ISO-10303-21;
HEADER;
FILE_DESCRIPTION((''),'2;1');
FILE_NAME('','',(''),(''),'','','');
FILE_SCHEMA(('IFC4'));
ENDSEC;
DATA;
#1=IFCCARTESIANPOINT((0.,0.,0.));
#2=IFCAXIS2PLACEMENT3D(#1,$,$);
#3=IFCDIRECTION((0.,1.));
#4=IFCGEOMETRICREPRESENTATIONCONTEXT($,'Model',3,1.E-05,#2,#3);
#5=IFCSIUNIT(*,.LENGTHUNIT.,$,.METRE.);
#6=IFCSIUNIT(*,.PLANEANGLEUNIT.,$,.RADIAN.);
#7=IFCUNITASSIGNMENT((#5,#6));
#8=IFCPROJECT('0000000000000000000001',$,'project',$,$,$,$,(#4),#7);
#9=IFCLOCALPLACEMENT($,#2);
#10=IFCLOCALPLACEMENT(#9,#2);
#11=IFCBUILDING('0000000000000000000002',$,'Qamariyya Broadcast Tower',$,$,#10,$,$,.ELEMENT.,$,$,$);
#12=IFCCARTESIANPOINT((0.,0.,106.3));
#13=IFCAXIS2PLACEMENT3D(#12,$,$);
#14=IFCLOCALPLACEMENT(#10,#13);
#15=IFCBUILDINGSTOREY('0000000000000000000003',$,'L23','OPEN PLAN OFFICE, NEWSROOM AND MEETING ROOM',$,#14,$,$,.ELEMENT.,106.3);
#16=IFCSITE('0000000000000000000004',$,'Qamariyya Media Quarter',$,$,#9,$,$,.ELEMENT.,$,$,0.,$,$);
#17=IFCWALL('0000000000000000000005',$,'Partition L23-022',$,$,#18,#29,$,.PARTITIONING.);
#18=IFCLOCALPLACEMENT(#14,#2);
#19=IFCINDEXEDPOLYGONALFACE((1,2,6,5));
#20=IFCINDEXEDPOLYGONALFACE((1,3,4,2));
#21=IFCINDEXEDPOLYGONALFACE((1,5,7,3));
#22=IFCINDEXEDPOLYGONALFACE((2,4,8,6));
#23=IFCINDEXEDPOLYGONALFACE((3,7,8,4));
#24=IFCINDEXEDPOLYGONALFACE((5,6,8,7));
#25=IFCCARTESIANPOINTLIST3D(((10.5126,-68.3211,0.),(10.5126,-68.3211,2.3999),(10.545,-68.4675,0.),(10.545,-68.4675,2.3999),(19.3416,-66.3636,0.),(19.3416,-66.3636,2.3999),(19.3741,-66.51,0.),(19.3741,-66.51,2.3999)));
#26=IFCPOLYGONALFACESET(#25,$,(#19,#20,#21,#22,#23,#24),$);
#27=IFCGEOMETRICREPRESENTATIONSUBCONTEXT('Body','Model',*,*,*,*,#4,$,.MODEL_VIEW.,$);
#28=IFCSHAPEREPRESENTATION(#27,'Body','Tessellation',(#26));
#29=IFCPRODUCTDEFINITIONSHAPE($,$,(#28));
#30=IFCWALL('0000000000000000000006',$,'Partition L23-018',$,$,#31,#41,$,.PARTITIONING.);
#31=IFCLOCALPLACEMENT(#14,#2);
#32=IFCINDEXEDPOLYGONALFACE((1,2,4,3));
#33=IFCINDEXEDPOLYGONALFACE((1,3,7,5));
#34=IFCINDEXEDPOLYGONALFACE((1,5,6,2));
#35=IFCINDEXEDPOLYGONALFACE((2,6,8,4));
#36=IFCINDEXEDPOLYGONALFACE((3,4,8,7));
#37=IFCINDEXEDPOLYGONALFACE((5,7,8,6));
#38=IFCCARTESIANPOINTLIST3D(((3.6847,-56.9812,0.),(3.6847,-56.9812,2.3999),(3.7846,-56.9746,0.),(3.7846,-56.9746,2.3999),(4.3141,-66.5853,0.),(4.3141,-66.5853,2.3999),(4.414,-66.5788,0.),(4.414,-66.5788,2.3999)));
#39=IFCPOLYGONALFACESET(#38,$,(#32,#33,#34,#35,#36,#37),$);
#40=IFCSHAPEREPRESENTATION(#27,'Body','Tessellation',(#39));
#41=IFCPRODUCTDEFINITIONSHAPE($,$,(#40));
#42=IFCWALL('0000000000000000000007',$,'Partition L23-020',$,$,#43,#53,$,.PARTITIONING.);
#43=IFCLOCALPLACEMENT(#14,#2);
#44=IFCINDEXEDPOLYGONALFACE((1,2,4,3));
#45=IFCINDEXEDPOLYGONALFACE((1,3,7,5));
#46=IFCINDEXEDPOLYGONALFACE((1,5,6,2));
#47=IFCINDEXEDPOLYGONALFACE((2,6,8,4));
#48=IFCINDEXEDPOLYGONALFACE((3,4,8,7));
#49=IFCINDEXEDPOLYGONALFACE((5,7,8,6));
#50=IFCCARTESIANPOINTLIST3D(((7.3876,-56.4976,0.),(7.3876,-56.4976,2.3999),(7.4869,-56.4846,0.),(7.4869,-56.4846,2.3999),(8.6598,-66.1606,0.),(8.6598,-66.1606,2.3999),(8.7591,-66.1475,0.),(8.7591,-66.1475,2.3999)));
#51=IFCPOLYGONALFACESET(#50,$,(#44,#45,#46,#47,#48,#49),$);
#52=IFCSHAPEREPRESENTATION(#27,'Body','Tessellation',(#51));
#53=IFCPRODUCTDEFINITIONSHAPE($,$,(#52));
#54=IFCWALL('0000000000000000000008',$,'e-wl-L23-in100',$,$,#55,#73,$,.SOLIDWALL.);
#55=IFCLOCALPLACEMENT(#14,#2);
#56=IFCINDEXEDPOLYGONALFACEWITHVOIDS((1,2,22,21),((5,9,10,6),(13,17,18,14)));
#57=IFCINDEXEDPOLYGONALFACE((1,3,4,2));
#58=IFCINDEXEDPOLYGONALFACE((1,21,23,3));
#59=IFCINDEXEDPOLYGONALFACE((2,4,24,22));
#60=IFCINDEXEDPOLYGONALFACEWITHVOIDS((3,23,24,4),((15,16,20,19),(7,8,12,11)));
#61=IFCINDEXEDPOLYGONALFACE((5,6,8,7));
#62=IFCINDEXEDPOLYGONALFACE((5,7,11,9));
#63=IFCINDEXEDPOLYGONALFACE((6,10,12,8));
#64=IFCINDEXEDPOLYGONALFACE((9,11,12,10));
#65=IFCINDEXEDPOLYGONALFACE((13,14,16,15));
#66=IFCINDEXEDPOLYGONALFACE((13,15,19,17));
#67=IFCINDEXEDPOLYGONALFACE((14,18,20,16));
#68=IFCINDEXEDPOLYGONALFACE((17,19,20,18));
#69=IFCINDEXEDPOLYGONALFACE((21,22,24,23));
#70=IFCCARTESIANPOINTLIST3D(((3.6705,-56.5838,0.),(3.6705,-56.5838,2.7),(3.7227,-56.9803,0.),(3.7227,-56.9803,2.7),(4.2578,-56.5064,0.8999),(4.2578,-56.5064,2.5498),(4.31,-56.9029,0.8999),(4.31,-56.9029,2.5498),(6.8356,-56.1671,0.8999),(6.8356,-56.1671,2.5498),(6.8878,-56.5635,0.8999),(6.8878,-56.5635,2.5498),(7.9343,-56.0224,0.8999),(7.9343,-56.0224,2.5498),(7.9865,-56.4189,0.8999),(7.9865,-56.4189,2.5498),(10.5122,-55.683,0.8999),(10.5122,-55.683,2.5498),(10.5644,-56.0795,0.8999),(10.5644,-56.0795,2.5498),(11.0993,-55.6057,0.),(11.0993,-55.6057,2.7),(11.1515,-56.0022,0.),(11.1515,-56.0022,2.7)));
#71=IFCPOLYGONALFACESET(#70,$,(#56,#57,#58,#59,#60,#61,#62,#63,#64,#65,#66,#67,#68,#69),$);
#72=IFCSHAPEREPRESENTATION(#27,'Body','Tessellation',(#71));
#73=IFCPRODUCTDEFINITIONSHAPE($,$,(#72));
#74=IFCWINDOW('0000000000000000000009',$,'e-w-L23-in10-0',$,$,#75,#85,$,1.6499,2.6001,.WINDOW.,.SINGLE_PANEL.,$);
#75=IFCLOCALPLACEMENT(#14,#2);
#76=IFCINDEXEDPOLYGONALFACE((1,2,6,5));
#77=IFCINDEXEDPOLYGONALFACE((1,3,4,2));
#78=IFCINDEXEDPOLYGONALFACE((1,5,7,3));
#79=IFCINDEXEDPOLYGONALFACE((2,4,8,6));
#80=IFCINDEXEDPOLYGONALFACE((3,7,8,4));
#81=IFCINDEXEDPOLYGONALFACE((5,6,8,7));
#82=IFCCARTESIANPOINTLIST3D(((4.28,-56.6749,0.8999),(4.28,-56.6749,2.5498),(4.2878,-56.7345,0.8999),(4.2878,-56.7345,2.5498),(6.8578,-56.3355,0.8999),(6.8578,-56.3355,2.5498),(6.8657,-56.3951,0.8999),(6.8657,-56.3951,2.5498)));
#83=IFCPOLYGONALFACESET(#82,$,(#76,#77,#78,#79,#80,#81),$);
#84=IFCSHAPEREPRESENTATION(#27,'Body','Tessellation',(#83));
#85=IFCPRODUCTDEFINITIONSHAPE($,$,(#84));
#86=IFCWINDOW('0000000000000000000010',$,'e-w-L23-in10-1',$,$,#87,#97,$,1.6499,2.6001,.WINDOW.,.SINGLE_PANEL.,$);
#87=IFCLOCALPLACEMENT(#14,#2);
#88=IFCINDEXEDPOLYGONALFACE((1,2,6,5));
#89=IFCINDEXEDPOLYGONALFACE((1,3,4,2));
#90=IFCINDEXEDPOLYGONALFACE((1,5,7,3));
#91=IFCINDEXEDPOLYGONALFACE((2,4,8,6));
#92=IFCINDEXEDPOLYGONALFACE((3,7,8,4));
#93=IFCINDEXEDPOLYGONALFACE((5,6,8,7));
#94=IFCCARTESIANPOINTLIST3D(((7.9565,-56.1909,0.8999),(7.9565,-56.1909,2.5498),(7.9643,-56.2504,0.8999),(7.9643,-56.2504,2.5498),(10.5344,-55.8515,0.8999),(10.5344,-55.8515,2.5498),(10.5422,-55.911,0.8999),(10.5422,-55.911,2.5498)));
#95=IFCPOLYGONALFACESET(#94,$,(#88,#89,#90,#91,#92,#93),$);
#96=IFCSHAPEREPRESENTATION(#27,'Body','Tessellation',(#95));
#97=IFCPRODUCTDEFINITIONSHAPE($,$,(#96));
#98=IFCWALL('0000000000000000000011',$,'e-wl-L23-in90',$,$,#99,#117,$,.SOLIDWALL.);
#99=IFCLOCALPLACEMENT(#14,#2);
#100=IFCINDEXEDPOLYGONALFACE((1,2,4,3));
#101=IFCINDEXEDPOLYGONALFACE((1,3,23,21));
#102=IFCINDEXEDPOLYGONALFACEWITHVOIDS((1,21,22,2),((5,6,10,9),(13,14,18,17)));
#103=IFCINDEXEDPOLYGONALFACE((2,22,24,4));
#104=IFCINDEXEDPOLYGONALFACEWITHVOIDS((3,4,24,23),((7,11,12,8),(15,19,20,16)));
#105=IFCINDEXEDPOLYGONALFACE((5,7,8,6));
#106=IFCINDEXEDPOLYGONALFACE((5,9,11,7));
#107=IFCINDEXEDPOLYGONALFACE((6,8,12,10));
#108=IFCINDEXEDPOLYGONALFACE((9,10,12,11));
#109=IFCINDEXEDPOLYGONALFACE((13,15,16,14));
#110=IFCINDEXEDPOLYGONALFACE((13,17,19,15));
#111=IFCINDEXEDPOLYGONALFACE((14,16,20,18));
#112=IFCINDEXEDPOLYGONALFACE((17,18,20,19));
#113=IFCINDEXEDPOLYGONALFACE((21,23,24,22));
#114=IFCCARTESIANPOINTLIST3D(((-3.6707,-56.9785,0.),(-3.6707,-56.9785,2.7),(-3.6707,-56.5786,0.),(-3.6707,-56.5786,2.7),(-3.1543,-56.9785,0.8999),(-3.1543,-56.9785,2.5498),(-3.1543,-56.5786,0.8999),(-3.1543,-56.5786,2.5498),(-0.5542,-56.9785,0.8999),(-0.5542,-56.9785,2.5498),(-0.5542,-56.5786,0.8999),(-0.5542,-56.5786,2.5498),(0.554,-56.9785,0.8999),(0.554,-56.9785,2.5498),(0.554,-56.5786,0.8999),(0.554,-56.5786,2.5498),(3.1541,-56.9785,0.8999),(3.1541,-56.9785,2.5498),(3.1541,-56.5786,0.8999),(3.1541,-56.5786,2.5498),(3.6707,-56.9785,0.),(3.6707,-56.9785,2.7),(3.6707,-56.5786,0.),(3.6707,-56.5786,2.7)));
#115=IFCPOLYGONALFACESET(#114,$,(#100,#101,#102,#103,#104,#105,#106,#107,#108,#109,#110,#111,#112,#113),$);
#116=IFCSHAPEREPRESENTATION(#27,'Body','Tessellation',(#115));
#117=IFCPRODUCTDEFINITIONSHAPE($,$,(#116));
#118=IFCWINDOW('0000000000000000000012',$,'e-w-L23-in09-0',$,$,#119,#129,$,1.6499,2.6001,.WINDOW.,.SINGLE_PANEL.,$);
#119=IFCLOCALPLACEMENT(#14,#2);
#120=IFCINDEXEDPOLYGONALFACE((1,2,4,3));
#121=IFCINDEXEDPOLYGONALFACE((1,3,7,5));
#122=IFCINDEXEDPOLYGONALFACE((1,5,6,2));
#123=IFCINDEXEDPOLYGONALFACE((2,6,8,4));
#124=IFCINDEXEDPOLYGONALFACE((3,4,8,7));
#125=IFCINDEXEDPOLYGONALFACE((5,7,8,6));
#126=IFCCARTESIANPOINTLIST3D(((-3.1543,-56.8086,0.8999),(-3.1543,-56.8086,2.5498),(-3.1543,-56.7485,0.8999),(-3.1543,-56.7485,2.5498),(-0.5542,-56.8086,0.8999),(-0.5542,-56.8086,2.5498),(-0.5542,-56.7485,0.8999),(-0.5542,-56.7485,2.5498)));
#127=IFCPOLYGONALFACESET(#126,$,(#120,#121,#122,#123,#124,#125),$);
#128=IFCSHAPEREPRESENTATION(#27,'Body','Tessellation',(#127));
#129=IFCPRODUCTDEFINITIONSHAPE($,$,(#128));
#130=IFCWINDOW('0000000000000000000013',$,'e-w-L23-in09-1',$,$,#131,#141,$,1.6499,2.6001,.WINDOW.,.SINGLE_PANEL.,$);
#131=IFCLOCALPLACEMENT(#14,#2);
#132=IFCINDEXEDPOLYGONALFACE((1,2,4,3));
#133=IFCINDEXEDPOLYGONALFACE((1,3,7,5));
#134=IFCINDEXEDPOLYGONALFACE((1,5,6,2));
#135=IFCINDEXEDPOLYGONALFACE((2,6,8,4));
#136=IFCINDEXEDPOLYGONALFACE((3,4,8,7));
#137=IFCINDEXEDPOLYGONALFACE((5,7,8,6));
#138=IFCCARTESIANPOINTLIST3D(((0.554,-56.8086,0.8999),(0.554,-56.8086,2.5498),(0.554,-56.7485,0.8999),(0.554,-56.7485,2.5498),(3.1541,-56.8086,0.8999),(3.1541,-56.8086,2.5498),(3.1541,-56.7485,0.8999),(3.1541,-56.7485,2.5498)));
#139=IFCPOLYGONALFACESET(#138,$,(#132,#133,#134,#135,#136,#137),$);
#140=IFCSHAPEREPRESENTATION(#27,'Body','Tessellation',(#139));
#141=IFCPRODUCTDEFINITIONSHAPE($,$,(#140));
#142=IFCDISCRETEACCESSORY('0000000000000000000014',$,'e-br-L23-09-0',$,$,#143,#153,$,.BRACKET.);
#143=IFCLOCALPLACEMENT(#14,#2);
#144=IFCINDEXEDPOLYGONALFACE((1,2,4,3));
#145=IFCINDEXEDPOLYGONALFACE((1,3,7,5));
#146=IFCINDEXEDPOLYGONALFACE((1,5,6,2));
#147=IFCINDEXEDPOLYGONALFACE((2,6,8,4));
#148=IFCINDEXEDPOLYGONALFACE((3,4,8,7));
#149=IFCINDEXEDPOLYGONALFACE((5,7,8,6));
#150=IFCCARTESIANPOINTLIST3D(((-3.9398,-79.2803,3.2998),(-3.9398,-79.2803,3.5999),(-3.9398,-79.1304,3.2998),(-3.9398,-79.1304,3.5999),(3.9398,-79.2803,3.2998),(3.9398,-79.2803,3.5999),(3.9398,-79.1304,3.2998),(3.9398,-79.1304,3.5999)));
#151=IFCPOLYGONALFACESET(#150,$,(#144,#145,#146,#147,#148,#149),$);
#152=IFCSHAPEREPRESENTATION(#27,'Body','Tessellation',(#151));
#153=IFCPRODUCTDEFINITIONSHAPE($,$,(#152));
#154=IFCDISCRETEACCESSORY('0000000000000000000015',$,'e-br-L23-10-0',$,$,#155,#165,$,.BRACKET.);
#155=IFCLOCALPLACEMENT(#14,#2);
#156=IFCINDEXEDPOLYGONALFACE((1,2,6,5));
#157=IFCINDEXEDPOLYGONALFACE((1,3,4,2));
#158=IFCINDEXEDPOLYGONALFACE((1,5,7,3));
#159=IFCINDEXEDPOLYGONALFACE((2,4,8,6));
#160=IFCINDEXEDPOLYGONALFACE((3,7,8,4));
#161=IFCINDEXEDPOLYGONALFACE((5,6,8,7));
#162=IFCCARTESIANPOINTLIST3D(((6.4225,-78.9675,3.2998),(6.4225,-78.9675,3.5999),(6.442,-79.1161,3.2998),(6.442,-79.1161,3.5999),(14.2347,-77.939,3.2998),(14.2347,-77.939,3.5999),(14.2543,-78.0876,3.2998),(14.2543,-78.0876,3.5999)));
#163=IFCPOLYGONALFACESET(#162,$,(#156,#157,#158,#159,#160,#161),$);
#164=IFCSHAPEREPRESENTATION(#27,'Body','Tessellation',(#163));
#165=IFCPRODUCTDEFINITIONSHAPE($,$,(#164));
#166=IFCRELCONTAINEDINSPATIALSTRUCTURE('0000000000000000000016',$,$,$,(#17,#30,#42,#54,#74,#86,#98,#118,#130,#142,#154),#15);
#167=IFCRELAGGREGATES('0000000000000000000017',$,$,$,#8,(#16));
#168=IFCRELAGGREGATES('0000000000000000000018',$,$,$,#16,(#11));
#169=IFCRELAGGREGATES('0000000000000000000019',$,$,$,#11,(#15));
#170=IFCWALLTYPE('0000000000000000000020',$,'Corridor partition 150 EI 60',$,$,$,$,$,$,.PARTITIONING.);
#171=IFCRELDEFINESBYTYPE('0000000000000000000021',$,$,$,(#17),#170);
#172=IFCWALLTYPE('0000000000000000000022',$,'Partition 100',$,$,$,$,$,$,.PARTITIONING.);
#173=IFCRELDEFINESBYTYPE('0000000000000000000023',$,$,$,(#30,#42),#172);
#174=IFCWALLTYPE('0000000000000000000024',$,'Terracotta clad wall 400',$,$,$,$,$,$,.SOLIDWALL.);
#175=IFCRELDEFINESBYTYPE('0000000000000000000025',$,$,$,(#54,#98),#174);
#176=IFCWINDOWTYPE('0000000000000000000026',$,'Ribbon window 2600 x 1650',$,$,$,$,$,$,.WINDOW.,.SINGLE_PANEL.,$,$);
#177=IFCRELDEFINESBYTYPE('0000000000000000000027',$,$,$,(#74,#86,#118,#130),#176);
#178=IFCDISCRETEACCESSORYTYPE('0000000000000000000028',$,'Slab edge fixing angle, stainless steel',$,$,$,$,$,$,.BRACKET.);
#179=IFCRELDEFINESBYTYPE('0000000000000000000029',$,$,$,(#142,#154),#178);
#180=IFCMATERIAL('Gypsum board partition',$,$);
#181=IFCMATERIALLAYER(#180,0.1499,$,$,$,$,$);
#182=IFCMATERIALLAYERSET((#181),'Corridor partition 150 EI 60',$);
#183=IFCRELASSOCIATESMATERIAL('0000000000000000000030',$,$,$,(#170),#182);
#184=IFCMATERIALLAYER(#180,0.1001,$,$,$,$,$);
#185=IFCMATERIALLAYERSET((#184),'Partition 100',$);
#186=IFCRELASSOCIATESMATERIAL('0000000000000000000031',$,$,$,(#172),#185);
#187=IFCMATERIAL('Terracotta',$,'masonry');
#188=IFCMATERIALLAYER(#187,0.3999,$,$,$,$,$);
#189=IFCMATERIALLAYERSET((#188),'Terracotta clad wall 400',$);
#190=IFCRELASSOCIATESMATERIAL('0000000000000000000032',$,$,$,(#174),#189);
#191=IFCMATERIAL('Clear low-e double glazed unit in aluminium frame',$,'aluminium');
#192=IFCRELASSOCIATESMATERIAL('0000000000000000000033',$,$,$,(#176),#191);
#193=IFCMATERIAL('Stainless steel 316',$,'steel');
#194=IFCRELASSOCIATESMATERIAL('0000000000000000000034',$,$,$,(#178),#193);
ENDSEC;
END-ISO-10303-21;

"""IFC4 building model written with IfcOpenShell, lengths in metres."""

from ifc_helpers import new_model, si_unit, direction, frame, frame_2d, origin, origin_2d, place, context, subcontext, project, spatial, rectangle, extrude, material, layer, layer_set, type_object, element, fill, save


model = new_model("IFC4")

# Units and contexts
model_context = context("Model", 3, precision=1e-05, world=origin(), true_north=direction((0.0, 1.0)))
body_context = subcontext(model_context, "Body", "Model", "MODEL_VIEW")
ifc_project = project(units=[si_unit("LENGTHUNIT", "METRE"), si_unit("PLANEANGLEUNIT", "RADIAN")], contexts=[model_context])

# Site, building, storey
site_placement = place(None, origin())
site = spatial("IfcSite", under=ifc_project, at=site_placement, Name="Qamariyya Media Quarter", CompositionType="ELEMENT", RefElevation=0.0)
building_placement = place(site_placement, origin())
building = spatial("IfcBuilding", under=site, at=building_placement, Name="Qamariyya Broadcast Tower", CompositionType="ELEMENT")
storey_placement = place(building_placement, frame((0.0, 0.0, 106.3)))
storey = spatial("IfcBuildingStorey", under=building, at=storey_placement, Name="L23", Description="OPEN PLAN OFFICE, NEWSROOM AND MEETING ROOM", CompositionType="ELEMENT", Elevation=106.3)

# Shared definitions
ifc_material_1 = material(Name="Gypsum board partition")
ifc_layer_1 = layer(ifc_material_1, 0.1499)
ifc_layer_set_1 = layer_set([ifc_layer_1], Name="Corridor partition 150 EI 60")
wall_type_1 = type_object("IfcWallType", Name="Corridor partition 150 EI 60", PredefinedType="PARTITIONING", material=ifc_layer_set_1)

# Walls
wall_1_placement = place(storey_placement, frame((10.5288, -68.3943, 0.0), z_axis=(0.0, 0.0, 1.0), x_axis=(0.976292, 0.216456, 0.0)))
element("IfcWall", 1, at=wall_1_placement, inside=storey, type_object=wall_type_1, Name="Partition L23-022", PredefinedType="PARTITIONING", context=body_context, shape_type="SweptSolid", body=[
    extrude(rectangle(XDim=9.0435, YDim=0.1499, at=frame_2d((4.5217, 0.0))), origin(), (0.0, 0.0, 1.0), 2.3999),
])
ifc_layer_2 = layer(ifc_material_1, 0.1001)
ifc_layer_set_2 = layer_set([ifc_layer_2], Name="Partition 100")
wall_type_2 = type_object("IfcWallType", Name="Partition 100", PredefinedType="PARTITIONING", material=ifc_layer_set_2)
wall_2_placement = place(storey_placement, frame((3.7346, -56.9778, 0.0), z_axis=(0.0, 0.0, 1.0), x_axis=(0.065393, -0.99786, 0.0)))
element("IfcWall", 2, at=wall_2_placement, inside=storey, type_object=wall_type_2, Name="Partition L23-018", PredefinedType="PARTITIONING", context=body_context, shape_type="SweptSolid", body=[
    extrude(rectangle(XDim=9.6248, YDim=0.1001, at=frame_2d((4.8125, 0.0))), origin(), (0.0, 0.0, 1.0), 2.3999),
])
wall_3_placement = place(storey_placement, frame((7.4373, -56.4912, 0.0), z_axis=(0.0, 0.0, 1.0), x_axis=(0.130534, -0.991444, 0.0)))
element("IfcWall", 3, at=wall_3_placement, inside=storey, type_object=wall_type_2, Name="Partition L23-020", PredefinedType="PARTITIONING", context=body_context, shape_type="SweptSolid", body=[
    extrude(rectangle(XDim=9.7463, YDim=0.1001, at=frame_2d((4.873, 0.0))), origin(), (0.0, 0.0, 1.0), 2.3999),
])

# Walls, openings, windows
ifc_material_2 = material(Name="Terracotta", Category="masonry")
ifc_layer_3 = layer(ifc_material_2, 0.3999)
ifc_layer_set_3 = layer_set([ifc_layer_3], Name="Terracotta clad wall 400")
wall_type_3 = type_object("IfcWallType", Name="Terracotta clad wall 400", PredefinedType="SOLIDWALL", material=ifc_layer_set_3)
wall_4_placement = place(storey_placement, frame((11.1255, -55.804, 0.0), z_axis=(0.0, 0.0, 1.0), x_axis=(-0.991445, -0.130529, 0.0)))
wall_4 = element("IfcWall", 4, at=wall_4_placement, inside=storey, type_object=wall_type_3, Name="e-wl-L23-in100", PredefinedType="SOLIDWALL", context=body_context, shape_type="SweptSolid", body=[
    extrude(rectangle(XDim=7.4929, YDim=0.3999, at=frame_2d((3.7466, 0.0))), origin(), (0.0, 0.0, 1.0), 2.7),
])
opening_1_placement = place(wall_4_placement, frame((4.3005, 0.0, 0.8999)))
opening_1 = element("IfcOpeningElement", 5, at=opening_1_placement, cuts=wall_4, PredefinedType="OPENING", context=body_context, shape_type="SweptSolid", body=[
    extrude(rectangle(XDim=2.6001, YDim=1.6499, at=frame_2d((1.3, 0.825))), frame((0.0, 0.21, 0.0), z_axis=(0.0, -1.0, 0.0), x_axis=(1.0, 0.0, 0.0)), (0.0, 0.0, 1.0), 0.4199),
])
opening_2_placement = place(wall_4_placement, frame((0.5923, 0.0, 0.8999)))
opening_2 = element("IfcOpeningElement", 6, at=opening_2_placement, cuts=wall_4, PredefinedType="OPENING", context=body_context, shape_type="SweptSolid", body=[
    extrude(rectangle(XDim=2.6001, YDim=1.6499, at=frame_2d((1.3, 0.825))), frame((0.0, 0.21, 0.0), z_axis=(0.0, -1.0, 0.0), x_axis=(1.0, 0.0, 0.0)), (0.0, 0.0, 1.0), 0.4199),
])
ifc_material_3 = material(Name="Clear low-e double glazed unit in aluminium frame", Category="aluminium")
window_type = type_object("IfcWindowType", Name="Ribbon window 2600 x 1650", PartitioningType="SINGLE_PANEL", PredefinedType="WINDOW", material=ifc_material_3)
window_1_placement = place(opening_1_placement, origin())
window_1 = element("IfcWindow", 7, at=window_1_placement, inside=storey, type_object=window_type, Name="e-w-L23-in10-0", OverallHeight=1.6499, OverallWidth=2.6001, PartitioningType="SINGLE_PANEL", PredefinedType="WINDOW", context=body_context, shape_type="SweptSolid", body=[
    extrude(rectangle(XDim=2.6001, YDim=1.6499, at=frame_2d((1.3, 0.825))), frame((0.0, 0.03, 0.0), z_axis=(0.0, -1.0, 0.0), x_axis=(1.0, 0.0, 0.0)), (0.0, 0.0, 1.0), 0.0601),
])
fill(opening_1, window_1)
window_2_placement = place(opening_2_placement, origin())
window_2 = element("IfcWindow", 8, at=window_2_placement, inside=storey, type_object=window_type, Name="e-w-L23-in10-1", OverallHeight=1.6499, OverallWidth=2.6001, PartitioningType="SINGLE_PANEL", PredefinedType="WINDOW", context=body_context, shape_type="SweptSolid", body=[
    extrude(rectangle(XDim=2.6001, YDim=1.6499, at=frame_2d((1.3, 0.825))), frame((0.0, 0.03, 0.0), z_axis=(0.0, -1.0, 0.0), x_axis=(1.0, 0.0, 0.0)), (0.0, 0.0, 1.0), 0.0601),
])
fill(opening_2, window_2)
wall_5_placement = place(storey_placement, frame((3.6707, -56.7786, 0.0), z_axis=(0.0, 0.0, 1.0), x_axis=(-1.0, 0.0, 0.0)))
wall_5 = element("IfcWall", 9, at=wall_5_placement, inside=storey, type_object=wall_type_3, Name="e-wl-L23-in90", PredefinedType="SOLIDWALL", context=body_context, shape_type="SweptSolid", body=[
    extrude(rectangle(XDim=7.3413, YDim=0.3999, at=frame_2d((3.6707, 0.0))), origin(), (0.0, 0.0, 1.0), 2.7),
])
opening_3_placement = place(wall_5_placement, frame((4.2249, 0.0, 0.8999)))
opening_3 = element("IfcOpeningElement", 10, at=opening_3_placement, cuts=wall_5, PredefinedType="OPENING", context=body_context, shape_type="SweptSolid", body=[
    extrude(rectangle(XDim=2.6001, YDim=1.6499, at=frame_2d((1.3, 0.825))), frame((0.0, 0.21, 0.0), z_axis=(0.0, -1.0, 0.0), x_axis=(1.0, 0.0, 0.0)), (0.0, 0.0, 1.0), 0.4199),
])
opening_4_placement = place(wall_5_placement, frame((0.5166, 0.0, 0.8999)))
opening_4 = element("IfcOpeningElement", 11, at=opening_4_placement, cuts=wall_5, PredefinedType="OPENING", context=body_context, shape_type="SweptSolid", body=[
    extrude(rectangle(XDim=2.6001, YDim=1.6499, at=frame_2d((1.3, 0.825))), frame((0.0, 0.21, 0.0), z_axis=(0.0, -1.0, 0.0), x_axis=(1.0, 0.0, 0.0)), (0.0, 0.0, 1.0), 0.4199),
])
window_3_placement = place(opening_3_placement, origin())
window_3 = element("IfcWindow", 12, at=window_3_placement, inside=storey, type_object=window_type, Name="e-w-L23-in09-0", OverallHeight=1.6499, OverallWidth=2.6001, PartitioningType="SINGLE_PANEL", PredefinedType="WINDOW", context=body_context, shape_type="SweptSolid", body=[
    extrude(rectangle(XDim=2.6001, YDim=1.6499, at=frame_2d((1.3, 0.825))), frame((0.0, 0.03, 0.0), z_axis=(0.0, -1.0, 0.0), x_axis=(1.0, 0.0, 0.0)), (0.0, 0.0, 1.0), 0.0601),
])
fill(opening_3, window_3)
window_4_placement = place(opening_4_placement, origin())
window_4 = element("IfcWindow", 13, at=window_4_placement, inside=storey, type_object=window_type, Name="e-w-L23-in09-1", OverallHeight=1.6499, OverallWidth=2.6001, PartitioningType="SINGLE_PANEL", PredefinedType="WINDOW", context=body_context, shape_type="SweptSolid", body=[
    extrude(rectangle(XDim=2.6001, YDim=1.6499, at=frame_2d((1.3, 0.825))), frame((0.0, 0.03, 0.0), z_axis=(0.0, -1.0, 0.0), x_axis=(1.0, 0.0, 0.0)), (0.0, 0.0, 1.0), 0.0601),
])
fill(opening_4, window_4)

# Discrete accessories
ifc_material_4 = material(Name="Stainless steel 316", Category="steel")
discrete_accessory_type = type_object("IfcDiscreteAccessoryType", Name="Slab edge fixing angle, stainless steel", PredefinedType="BRACKET", material=ifc_material_4)
for number, where, z_axis, x_axis, name in (
    (14, (0.0, -79.2053, 3.2998), (0.0, 0.0, 1.0), (1.0, 0.0, 0.0), "e-br-L23-09-0"),
    (15, (10.3384, -78.5276, 3.2998), (0.0, 0.0, 1.0), (0.991445, 0.130526, 0.0), "e-br-L23-10-0"),
):
    element("IfcDiscreteAccessory", number, at=place(storey_placement, frame(where, z_axis=z_axis, x_axis=x_axis)), inside=storey, type_object=discrete_accessory_type, Name=name, PredefinedType="BRACKET", context=body_context, shape_type="SweptSolid", body=[
        extrude(rectangle(XDim=7.8796, YDim=0.1499, at=origin_2d()), origin(), (0.0, 0.0, 1.0), 0.3),
    ])

save(model, "model.ifc")
